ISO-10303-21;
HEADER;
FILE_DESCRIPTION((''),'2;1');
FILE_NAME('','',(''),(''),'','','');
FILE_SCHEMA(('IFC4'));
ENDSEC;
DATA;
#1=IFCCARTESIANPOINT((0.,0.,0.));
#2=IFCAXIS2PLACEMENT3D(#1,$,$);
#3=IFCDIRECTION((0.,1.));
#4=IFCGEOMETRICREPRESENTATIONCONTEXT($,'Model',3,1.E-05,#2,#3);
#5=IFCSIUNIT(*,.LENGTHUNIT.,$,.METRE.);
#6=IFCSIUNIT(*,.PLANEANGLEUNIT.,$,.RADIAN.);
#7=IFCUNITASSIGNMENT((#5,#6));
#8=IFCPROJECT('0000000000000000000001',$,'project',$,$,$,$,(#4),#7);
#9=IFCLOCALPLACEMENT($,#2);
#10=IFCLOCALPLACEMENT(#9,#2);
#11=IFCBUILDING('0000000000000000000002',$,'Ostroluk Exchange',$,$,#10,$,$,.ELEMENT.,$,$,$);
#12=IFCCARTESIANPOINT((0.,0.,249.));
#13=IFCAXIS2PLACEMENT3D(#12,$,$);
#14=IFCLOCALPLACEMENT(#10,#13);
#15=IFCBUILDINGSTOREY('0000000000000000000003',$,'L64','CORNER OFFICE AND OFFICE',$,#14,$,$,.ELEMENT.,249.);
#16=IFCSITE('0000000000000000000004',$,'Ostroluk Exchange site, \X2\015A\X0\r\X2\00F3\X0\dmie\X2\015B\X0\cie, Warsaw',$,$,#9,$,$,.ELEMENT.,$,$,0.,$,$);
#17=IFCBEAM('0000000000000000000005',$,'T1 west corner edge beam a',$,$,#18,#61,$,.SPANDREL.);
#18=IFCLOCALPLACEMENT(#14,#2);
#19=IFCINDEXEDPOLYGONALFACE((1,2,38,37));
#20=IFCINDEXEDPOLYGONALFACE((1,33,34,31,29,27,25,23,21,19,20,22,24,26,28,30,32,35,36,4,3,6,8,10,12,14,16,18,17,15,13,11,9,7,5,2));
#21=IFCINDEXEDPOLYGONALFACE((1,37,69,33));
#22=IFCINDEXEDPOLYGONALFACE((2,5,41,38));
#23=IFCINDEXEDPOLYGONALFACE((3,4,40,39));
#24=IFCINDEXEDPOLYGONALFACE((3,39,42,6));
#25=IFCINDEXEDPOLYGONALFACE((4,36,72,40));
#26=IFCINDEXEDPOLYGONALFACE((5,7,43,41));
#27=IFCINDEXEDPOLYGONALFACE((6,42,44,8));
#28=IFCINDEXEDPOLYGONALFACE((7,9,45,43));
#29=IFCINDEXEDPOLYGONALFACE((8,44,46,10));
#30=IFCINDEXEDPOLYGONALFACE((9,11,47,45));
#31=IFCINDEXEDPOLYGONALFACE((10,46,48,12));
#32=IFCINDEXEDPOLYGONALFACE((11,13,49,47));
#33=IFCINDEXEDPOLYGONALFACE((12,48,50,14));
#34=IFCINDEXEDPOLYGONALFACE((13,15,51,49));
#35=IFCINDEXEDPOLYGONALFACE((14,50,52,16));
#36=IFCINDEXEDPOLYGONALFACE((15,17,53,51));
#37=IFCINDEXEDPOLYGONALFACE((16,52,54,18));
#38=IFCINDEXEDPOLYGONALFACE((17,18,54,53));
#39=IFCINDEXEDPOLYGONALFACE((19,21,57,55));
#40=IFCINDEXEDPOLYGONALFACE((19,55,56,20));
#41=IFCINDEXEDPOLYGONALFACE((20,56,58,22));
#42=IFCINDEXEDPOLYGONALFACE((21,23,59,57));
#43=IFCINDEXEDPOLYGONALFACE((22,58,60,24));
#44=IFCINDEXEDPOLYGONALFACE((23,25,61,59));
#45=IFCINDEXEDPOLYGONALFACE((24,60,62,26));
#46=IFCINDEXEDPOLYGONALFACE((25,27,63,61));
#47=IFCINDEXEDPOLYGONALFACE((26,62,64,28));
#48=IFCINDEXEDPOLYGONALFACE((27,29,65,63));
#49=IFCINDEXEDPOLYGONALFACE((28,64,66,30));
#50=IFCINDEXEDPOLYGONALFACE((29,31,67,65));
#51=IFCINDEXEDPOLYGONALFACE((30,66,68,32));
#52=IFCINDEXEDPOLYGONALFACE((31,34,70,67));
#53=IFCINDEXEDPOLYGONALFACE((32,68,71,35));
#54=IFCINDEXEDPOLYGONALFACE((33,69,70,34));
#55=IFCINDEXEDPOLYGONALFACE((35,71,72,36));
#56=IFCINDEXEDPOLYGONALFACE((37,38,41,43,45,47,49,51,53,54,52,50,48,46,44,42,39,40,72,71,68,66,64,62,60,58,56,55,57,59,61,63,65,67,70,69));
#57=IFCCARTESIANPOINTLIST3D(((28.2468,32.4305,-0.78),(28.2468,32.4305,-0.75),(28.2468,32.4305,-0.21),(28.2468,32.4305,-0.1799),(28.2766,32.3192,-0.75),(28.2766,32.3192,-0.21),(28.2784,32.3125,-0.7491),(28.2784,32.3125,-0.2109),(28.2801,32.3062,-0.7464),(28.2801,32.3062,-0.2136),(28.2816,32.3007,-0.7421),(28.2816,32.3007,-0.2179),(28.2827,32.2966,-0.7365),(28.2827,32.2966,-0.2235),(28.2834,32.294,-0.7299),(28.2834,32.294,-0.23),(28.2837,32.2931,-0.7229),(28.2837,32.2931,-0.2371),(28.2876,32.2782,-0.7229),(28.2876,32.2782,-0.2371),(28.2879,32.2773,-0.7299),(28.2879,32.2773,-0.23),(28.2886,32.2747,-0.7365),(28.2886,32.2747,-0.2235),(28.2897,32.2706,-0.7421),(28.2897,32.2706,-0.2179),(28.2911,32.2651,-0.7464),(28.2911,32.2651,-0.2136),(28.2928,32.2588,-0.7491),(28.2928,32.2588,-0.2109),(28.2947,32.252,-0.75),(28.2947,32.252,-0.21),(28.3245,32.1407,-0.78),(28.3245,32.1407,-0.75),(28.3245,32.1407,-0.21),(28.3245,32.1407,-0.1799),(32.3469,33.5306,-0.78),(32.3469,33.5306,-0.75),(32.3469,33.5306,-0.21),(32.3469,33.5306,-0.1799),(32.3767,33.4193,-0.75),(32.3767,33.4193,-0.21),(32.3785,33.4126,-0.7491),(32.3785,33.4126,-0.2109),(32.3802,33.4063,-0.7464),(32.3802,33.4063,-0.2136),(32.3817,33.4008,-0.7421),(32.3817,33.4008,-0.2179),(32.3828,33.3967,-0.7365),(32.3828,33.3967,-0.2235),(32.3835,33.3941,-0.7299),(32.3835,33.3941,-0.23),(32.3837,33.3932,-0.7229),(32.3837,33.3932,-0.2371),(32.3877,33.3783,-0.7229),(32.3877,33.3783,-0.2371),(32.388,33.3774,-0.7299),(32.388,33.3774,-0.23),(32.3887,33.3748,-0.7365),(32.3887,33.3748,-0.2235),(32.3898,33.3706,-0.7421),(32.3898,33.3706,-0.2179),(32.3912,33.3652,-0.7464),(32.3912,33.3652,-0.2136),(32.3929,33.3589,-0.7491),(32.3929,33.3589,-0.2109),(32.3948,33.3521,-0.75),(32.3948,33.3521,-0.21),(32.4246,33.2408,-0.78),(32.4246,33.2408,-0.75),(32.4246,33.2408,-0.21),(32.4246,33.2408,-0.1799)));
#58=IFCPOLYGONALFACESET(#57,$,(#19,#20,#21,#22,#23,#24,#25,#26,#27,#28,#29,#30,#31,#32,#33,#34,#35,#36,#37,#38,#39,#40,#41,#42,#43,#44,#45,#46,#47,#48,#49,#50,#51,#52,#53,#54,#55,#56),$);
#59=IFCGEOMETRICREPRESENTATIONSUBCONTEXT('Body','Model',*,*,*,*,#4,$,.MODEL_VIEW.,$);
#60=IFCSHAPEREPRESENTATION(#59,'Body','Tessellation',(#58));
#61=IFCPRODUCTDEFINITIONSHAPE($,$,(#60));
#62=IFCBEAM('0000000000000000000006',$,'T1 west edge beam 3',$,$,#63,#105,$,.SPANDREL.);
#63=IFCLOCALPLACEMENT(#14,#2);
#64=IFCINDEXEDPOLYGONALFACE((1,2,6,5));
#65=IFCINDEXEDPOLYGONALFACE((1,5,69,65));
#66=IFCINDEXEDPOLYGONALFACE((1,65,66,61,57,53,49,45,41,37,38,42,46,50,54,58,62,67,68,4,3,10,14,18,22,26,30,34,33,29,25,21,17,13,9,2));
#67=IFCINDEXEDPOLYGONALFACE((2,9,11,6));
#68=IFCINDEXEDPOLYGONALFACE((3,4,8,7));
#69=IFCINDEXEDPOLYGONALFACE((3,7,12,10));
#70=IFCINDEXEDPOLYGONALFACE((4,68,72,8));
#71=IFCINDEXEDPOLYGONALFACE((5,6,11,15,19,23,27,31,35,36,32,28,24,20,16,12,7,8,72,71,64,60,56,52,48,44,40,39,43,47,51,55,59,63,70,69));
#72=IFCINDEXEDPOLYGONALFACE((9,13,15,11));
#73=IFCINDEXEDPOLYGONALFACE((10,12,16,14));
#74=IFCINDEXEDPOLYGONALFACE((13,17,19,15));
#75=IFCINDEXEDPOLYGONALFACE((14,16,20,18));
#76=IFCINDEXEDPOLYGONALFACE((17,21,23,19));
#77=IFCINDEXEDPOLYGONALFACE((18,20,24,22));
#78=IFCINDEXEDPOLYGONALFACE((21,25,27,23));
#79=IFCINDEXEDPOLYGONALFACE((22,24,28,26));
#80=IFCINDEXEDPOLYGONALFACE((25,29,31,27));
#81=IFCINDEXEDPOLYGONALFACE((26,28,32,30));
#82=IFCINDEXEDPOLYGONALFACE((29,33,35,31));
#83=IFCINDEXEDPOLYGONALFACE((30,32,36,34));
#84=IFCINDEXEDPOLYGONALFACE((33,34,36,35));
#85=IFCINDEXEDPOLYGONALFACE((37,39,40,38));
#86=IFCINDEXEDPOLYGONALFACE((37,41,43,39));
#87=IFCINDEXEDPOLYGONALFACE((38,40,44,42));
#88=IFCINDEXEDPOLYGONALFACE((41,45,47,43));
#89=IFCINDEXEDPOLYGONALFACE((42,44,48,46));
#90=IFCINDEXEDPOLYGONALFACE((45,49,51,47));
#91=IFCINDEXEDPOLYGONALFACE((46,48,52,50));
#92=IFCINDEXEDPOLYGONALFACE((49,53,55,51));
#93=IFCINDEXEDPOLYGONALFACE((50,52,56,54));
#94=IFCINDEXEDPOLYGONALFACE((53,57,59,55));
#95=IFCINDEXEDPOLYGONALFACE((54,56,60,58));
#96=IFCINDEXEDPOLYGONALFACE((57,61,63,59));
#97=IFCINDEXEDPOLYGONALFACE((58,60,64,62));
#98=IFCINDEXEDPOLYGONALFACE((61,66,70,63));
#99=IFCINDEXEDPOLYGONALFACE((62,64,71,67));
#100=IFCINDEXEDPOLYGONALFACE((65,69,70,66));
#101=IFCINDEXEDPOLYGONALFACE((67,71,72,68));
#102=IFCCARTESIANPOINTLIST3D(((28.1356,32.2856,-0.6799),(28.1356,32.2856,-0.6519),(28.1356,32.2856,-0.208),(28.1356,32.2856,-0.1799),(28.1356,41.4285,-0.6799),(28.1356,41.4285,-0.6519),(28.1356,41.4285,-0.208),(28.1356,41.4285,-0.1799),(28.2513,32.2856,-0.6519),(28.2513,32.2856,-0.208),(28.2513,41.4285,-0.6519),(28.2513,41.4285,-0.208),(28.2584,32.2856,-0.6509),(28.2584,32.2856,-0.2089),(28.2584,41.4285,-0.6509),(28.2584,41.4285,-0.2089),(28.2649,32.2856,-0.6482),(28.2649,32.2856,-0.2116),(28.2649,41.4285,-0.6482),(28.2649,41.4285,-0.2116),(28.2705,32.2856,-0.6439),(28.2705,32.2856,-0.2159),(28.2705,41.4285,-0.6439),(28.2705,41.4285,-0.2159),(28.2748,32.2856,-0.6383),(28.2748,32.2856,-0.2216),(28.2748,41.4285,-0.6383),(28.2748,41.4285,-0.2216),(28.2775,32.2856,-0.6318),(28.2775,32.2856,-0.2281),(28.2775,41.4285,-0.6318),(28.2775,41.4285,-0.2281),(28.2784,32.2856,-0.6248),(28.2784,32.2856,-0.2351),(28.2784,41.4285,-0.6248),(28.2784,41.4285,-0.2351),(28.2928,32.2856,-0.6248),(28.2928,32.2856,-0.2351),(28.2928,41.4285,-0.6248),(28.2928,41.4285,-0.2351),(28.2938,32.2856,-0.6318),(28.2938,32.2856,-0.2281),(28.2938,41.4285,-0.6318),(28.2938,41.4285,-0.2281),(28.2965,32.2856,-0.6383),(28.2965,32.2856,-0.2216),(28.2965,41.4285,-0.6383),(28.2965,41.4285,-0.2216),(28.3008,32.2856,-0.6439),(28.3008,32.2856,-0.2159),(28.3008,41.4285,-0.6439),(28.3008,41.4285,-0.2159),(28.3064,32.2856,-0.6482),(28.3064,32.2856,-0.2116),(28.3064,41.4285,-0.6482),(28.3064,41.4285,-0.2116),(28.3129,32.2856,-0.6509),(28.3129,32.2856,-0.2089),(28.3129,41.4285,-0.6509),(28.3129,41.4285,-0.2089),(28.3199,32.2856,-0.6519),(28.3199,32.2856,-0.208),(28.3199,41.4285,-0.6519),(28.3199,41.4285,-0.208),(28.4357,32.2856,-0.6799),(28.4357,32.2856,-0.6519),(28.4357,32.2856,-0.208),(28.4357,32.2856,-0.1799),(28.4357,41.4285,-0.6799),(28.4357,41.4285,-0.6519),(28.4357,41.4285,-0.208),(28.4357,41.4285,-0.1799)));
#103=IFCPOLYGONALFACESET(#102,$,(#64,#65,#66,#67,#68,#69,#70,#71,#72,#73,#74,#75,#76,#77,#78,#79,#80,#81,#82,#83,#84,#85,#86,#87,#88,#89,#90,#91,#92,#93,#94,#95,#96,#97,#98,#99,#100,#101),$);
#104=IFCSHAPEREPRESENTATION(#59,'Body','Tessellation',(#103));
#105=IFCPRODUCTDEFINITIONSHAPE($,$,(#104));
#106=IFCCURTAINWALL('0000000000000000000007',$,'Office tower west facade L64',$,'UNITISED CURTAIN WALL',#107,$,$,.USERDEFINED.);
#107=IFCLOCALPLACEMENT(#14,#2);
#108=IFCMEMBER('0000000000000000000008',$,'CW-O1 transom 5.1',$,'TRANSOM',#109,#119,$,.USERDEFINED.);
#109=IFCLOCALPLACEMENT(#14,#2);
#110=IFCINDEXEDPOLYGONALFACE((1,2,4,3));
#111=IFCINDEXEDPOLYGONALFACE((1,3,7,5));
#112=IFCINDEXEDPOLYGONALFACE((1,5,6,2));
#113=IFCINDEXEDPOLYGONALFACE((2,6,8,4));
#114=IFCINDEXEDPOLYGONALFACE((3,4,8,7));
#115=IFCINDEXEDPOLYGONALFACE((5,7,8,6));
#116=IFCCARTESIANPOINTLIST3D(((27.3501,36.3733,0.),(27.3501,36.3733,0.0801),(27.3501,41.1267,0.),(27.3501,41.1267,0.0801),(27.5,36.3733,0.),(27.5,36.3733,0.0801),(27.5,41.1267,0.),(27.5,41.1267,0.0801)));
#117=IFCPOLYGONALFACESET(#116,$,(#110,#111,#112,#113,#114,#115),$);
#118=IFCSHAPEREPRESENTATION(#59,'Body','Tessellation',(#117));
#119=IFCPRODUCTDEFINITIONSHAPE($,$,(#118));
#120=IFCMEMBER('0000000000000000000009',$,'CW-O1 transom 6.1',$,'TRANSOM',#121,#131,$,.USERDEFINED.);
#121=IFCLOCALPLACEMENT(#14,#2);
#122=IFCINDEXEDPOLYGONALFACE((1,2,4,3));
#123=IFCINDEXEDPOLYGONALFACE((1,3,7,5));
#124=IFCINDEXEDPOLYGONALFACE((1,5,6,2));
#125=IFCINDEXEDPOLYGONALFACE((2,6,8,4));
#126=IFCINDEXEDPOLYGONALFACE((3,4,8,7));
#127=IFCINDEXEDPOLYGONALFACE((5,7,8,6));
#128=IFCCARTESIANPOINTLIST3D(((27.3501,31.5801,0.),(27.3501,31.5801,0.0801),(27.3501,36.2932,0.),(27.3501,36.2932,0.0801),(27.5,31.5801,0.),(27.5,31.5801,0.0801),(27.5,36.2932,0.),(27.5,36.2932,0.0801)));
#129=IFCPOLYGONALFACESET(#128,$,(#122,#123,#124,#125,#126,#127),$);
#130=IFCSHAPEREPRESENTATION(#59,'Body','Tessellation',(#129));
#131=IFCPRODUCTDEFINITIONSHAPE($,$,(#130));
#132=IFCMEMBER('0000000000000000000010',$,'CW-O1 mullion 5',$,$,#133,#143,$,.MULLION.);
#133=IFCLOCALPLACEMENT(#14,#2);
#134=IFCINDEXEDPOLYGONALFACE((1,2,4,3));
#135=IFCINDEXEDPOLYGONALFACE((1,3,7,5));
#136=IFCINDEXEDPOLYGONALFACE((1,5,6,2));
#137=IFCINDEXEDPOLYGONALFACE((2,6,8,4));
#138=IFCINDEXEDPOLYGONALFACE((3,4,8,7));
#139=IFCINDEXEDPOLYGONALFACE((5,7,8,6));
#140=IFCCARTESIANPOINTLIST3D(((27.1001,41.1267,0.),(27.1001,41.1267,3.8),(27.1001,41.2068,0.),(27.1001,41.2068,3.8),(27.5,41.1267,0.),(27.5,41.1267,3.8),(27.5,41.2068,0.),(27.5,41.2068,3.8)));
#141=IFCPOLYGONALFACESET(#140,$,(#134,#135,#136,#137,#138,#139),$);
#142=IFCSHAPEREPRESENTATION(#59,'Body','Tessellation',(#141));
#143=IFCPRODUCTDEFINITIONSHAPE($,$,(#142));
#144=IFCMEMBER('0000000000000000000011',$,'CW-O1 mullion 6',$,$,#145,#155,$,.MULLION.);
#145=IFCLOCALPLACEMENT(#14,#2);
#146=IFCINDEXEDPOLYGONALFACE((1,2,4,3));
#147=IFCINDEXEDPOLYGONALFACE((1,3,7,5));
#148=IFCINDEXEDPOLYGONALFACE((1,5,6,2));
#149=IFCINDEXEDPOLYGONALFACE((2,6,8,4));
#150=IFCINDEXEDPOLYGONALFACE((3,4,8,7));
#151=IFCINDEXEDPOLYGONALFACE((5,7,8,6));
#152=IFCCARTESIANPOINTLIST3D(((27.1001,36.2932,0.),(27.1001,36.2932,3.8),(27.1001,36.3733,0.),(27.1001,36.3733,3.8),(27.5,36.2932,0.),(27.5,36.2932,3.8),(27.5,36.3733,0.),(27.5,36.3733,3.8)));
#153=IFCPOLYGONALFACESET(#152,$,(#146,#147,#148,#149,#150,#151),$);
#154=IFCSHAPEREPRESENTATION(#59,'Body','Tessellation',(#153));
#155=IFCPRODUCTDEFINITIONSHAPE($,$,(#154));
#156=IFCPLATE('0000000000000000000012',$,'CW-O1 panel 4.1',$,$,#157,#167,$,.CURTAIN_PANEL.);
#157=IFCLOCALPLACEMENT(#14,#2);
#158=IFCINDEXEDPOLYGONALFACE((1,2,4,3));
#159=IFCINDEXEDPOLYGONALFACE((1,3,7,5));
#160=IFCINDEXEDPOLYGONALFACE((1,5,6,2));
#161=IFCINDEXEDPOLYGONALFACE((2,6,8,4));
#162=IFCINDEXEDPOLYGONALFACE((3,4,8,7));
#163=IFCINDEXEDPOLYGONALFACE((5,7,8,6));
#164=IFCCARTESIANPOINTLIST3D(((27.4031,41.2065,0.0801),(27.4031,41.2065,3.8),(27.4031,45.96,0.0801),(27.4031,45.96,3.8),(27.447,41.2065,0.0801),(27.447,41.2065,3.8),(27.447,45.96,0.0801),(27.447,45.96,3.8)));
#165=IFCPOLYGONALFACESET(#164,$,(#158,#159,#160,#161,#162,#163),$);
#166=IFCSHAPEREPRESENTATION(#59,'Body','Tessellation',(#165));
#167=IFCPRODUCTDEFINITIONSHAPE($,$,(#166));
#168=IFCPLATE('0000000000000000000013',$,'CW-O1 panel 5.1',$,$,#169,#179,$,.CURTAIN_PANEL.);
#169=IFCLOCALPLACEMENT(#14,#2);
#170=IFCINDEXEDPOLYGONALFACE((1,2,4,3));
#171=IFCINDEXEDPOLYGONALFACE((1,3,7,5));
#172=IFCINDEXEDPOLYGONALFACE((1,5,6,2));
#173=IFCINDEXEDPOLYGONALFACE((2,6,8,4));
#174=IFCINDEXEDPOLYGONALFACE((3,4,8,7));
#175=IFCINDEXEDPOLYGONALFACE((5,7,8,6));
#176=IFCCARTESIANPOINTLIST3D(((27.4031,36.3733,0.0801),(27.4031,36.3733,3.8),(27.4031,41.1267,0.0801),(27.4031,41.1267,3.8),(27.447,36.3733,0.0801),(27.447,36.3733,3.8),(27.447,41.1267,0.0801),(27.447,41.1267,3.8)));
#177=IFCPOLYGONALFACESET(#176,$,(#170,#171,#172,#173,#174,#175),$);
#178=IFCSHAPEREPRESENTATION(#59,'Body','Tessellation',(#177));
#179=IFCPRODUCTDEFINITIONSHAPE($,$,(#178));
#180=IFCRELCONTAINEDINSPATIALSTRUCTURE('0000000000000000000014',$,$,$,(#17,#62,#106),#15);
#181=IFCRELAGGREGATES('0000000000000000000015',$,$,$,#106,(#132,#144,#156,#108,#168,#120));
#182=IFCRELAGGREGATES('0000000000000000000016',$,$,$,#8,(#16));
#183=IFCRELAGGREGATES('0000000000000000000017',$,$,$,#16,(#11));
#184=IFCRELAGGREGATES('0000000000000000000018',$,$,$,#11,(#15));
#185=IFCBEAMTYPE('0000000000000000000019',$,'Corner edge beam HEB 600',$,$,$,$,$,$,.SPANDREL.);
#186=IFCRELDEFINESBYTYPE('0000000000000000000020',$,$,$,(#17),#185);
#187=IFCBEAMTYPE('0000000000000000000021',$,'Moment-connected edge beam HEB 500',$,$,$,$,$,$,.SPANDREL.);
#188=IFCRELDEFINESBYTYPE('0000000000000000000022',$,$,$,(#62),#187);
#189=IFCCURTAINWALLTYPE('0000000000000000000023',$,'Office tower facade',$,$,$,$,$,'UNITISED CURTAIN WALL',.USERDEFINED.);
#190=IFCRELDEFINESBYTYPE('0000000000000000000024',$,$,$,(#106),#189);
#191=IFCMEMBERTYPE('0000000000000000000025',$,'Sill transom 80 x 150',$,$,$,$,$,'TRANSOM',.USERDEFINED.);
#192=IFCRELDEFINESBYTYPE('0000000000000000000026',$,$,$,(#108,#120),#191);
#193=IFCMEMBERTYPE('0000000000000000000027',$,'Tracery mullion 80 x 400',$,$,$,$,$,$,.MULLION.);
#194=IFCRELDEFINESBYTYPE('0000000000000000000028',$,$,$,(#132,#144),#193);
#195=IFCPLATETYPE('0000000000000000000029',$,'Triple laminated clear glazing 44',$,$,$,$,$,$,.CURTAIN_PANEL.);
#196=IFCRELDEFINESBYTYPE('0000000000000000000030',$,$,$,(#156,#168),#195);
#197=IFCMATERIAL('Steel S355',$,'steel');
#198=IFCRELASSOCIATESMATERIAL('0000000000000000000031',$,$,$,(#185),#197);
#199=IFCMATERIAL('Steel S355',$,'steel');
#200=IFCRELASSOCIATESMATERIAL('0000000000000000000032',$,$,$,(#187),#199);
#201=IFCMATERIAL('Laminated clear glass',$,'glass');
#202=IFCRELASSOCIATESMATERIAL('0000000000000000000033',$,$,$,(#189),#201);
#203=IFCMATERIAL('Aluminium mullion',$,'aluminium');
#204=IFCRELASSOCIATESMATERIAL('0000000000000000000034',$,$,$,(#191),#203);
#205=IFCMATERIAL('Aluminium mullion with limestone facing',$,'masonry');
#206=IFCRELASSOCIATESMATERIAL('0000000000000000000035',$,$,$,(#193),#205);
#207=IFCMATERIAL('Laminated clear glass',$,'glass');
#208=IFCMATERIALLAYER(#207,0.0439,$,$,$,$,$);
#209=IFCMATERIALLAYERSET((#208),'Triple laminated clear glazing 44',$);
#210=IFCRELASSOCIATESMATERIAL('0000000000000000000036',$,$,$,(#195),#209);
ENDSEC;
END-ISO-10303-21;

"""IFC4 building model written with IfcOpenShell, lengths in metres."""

from ifc_helpers import new_model, si_unit, direction, frame, origin, origin_2d, place, context, subcontext, project, spatial, rectangle, i_section, extrude, material, layer, layer_set, material_profile, profile_set, type_object, element, aggregate, save


model = new_model("IFC4")

# Units and contexts
model_context = context("Model", 3, precision=1e-05, world=origin(), true_north=direction((0.0, 1.0)))
body_context = subcontext(model_context, "Body", "Model", "MODEL_VIEW")
ifc_project = project(units=[si_unit("LENGTHUNIT", "METRE"), si_unit("PLANEANGLEUNIT", "RADIAN")], contexts=[model_context])

# Site, building, storey
site_placement = place(None, origin())
site = spatial("IfcSite", under=ifc_project, at=site_placement, Name="Ostroluk Exchange site, Śródmieście, Warsaw", CompositionType="ELEMENT", RefElevation=0.0)
building_placement = place(site_placement, origin())
building = spatial("IfcBuilding", under=site, at=building_placement, Name="Ostroluk Exchange", CompositionType="ELEMENT")
storey_placement = place(building_placement, frame((0.0, 0.0, 249.0)))
storey = spatial("IfcBuildingStorey", under=building, at=storey_placement, Name="L64", Description="CORNER OFFICE AND OFFICE", CompositionType="ELEMENT", Elevation=249.0)

# Beams
ifc_material_1 = material(Name="Steel S355", Category="steel")
ifc_material_profile_1 = material_profile(ifc_material_1, i_section(OverallWidth=0.3, OverallDepth=0.6001, WebThickness=0.0154, FlangeThickness=0.03, FilletRadius=0.0271, at=origin_2d()), Name="HEB 600")
ifc_profile_set_1 = profile_set([ifc_material_profile_1], Name="Steel S355")
beam_type_1 = type_object("IfcBeamType", Name="Corner edge beam HEB 600", PredefinedType="SPANDREL", material=ifc_profile_set_1)
beam_1_placement = place(storey_placement, frame((32.3857, 33.3857, -0.48), z_axis=(-0.965839, -0.259144, 0.0), x_axis=(0.259144, -0.965839, 0.0)))
element("IfcBeam", 1, at=beam_1_placement, inside=storey, type_object=beam_type_1, Name="T1 west corner edge beam a", PredefinedType="SPANDREL", context=body_context, shape_type="SweptSolid", body=[
    extrude(i_section(OverallWidth=0.3, OverallDepth=0.6001, WebThickness=0.0154, FlangeThickness=0.03, FilletRadius=0.0271, at=origin_2d()), origin(), (0.0, 0.0, 1.0), 4.2451),
])
ifc_material_2 = material(Name="Steel S355", Category="steel")
ifc_material_profile_2 = material_profile(ifc_material_2, i_section(OverallWidth=0.3, OverallDepth=0.5, WebThickness=0.0144, FlangeThickness=0.0281, FilletRadius=0.0271, at=origin_2d()), Name="HEB 500")
ifc_profile_set_2 = profile_set([ifc_material_profile_2], Name="Steel S355")
beam_type_2 = type_object("IfcBeamType", Name="Moment-connected edge beam HEB 500", PredefinedType="SPANDREL", material=ifc_profile_set_2)
beam_2_placement = place(storey_placement, frame((28.2856, 41.4285, -0.4299), z_axis=(0.0, -1.0, 0.0), x_axis=(1.0, 0.0, 0.0)))
element("IfcBeam", 2, at=beam_2_placement, inside=storey, type_object=beam_type_2, Name="T1 west edge beam 3", PredefinedType="SPANDREL", context=body_context, shape_type="SweptSolid", body=[
    extrude(i_section(OverallWidth=0.3, OverallDepth=0.5, WebThickness=0.0144, FlangeThickness=0.0281, FilletRadius=0.0271, at=origin_2d()), origin(), (0.0, 0.0, 1.0), 9.1428),
])

# Curtain wall, members, plates
ifc_material_3 = material(Name="Laminated clear glass", Category="glass")
curtain_wall_type = type_object("IfcCurtainWallType", Name="Office tower facade", ElementType="UNITISED CURTAIN WALL", PredefinedType="USERDEFINED", material=ifc_material_3)
curtain_wall_placement = place(storey_placement, origin())
curtain_wall = element("IfcCurtainWall", 3, at=curtain_wall_placement, inside=storey, type_object=curtain_wall_type, Name="Office tower west facade L64", ObjectType="UNITISED CURTAIN WALL", PredefinedType="USERDEFINED")
ifc_material_4 = material(Name="Aluminium mullion", Category="aluminium")
ifc_material_profile_3 = material_profile(ifc_material_4, rectangle(XDim=0.1499, YDim=0.0801, at=origin_2d()), Name="Sill transom 80 x 150")
ifc_profile_set_3 = profile_set([ifc_material_profile_3], Name="Aluminium mullion")
member_type_1 = type_object("IfcMemberType", Name="Sill transom 80 x 150", ElementType="TRANSOM", PredefinedType="USERDEFINED", material=ifc_profile_set_3)
member_1_placement = place(storey_placement, frame((27.425, 41.1267, 0.04), z_axis=(0.0, -1.0, 0.0), x_axis=(1.0, 0.0, 0.0)))
member_1 = element("IfcMember", 4, at=member_1_placement, type_object=member_type_1, Name="CW-O1 transom 5.1", ObjectType="TRANSOM", PredefinedType="USERDEFINED", context=body_context, shape_type="SweptSolid", body=[
    extrude(rectangle(XDim=0.1499, YDim=0.0801, at=origin_2d()), origin(), (0.0, 0.0, 1.0), 4.7534),
])
member_2_placement = place(storey_placement, frame((27.425, 36.2932, 0.04), z_axis=(0.0, -1.0, 0.0), x_axis=(1.0, 0.0, 0.0)))
member_2 = element("IfcMember", 5, at=member_2_placement, type_object=member_type_1, Name="CW-O1 transom 6.1", ObjectType="TRANSOM", PredefinedType="USERDEFINED", context=body_context, shape_type="SweptSolid", body=[
    extrude(rectangle(XDim=0.1499, YDim=0.0801, at=origin_2d()), origin(), (0.0, 0.0, 1.0), 4.7131),
])
ifc_material_5 = material(Name="Aluminium mullion with limestone facing", Category="masonry")
ifc_material_profile_4 = material_profile(ifc_material_5, rectangle(XDim=0.3999, YDim=0.0801, at=origin_2d()), Name="Tracery mullion 80 x 400")
ifc_profile_set_4 = profile_set([ifc_material_profile_4], Name="Aluminium mullion with limestone facing")
member_type_2 = type_object("IfcMemberType", Name="Tracery mullion 80 x 400", PredefinedType="MULLION", material=ifc_profile_set_4)
member_3_placement = place(storey_placement, frame((27.3, 41.1667, 0.0), z_axis=(0.0, 0.0, 1.0), x_axis=(1.0, 0.0, 0.0)))
member_3 = element("IfcMember", 6, at=member_3_placement, type_object=member_type_2, Name="CW-O1 mullion 5", PredefinedType="MULLION", context=body_context, shape_type="SweptSolid", body=[
    extrude(rectangle(XDim=0.3999, YDim=0.0801, at=origin_2d()), origin(), (0.0, 0.0, 1.0), 3.8),
])
member_4_placement = place(storey_placement, frame((27.3, 36.3333, 0.0), z_axis=(0.0, 0.0, 1.0), x_axis=(1.0, 0.0, 0.0)))
member_4 = element("IfcMember", 7, at=member_4_placement, type_object=member_type_2, Name="CW-O1 mullion 6", PredefinedType="MULLION", context=body_context, shape_type="SweptSolid", body=[
    extrude(rectangle(XDim=0.3999, YDim=0.0801, at=origin_2d()), origin(), (0.0, 0.0, 1.0), 3.8),
])
ifc_material_6 = material(Name="Laminated clear glass", Category="glass")
ifc_layer_1 = layer(ifc_material_6, 0.0439)
ifc_layer_set_1 = layer_set([ifc_layer_1], Name="Triple laminated clear glazing 44")
plate_type = type_object("IfcPlateType", Name="Triple laminated clear glazing 44", PredefinedType="CURTAIN_PANEL", material=ifc_layer_set_1)
plate_1_placement = place(storey_placement, frame((27.425, 43.5833, 0.0801), z_axis=(0.0, 0.0, 1.0), x_axis=(0.0, -1.0, 0.0)))
plate_1 = element("IfcPlate", 8, at=plate_1_placement, type_object=plate_type, Name="CW-O1 panel 4.1", PredefinedType="CURTAIN_PANEL", context=body_context, shape_type="SweptSolid", body=[
    extrude(rectangle(XDim=4.7534, YDim=0.0439, at=origin_2d()), origin(), (0.0, 0.0, 1.0), 3.72),
])
plate_2_placement = place(storey_placement, frame((27.425, 38.75, 0.0801), z_axis=(0.0, 0.0, 1.0), x_axis=(0.0, -1.0, 0.0)))
plate_2 = element("IfcPlate", 9, at=plate_2_placement, type_object=plate_type, Name="CW-O1 panel 5.1", PredefinedType="CURTAIN_PANEL", context=body_context, shape_type="SweptSolid", body=[
    extrude(rectangle(XDim=4.7534, YDim=0.0439, at=origin_2d()), origin(), (0.0, 0.0, 1.0), 3.72),
])
aggregate(curtain_wall, [member_3, member_4, plate_1, member_1, plate_2, member_2])

save(model, "model.ifc")
